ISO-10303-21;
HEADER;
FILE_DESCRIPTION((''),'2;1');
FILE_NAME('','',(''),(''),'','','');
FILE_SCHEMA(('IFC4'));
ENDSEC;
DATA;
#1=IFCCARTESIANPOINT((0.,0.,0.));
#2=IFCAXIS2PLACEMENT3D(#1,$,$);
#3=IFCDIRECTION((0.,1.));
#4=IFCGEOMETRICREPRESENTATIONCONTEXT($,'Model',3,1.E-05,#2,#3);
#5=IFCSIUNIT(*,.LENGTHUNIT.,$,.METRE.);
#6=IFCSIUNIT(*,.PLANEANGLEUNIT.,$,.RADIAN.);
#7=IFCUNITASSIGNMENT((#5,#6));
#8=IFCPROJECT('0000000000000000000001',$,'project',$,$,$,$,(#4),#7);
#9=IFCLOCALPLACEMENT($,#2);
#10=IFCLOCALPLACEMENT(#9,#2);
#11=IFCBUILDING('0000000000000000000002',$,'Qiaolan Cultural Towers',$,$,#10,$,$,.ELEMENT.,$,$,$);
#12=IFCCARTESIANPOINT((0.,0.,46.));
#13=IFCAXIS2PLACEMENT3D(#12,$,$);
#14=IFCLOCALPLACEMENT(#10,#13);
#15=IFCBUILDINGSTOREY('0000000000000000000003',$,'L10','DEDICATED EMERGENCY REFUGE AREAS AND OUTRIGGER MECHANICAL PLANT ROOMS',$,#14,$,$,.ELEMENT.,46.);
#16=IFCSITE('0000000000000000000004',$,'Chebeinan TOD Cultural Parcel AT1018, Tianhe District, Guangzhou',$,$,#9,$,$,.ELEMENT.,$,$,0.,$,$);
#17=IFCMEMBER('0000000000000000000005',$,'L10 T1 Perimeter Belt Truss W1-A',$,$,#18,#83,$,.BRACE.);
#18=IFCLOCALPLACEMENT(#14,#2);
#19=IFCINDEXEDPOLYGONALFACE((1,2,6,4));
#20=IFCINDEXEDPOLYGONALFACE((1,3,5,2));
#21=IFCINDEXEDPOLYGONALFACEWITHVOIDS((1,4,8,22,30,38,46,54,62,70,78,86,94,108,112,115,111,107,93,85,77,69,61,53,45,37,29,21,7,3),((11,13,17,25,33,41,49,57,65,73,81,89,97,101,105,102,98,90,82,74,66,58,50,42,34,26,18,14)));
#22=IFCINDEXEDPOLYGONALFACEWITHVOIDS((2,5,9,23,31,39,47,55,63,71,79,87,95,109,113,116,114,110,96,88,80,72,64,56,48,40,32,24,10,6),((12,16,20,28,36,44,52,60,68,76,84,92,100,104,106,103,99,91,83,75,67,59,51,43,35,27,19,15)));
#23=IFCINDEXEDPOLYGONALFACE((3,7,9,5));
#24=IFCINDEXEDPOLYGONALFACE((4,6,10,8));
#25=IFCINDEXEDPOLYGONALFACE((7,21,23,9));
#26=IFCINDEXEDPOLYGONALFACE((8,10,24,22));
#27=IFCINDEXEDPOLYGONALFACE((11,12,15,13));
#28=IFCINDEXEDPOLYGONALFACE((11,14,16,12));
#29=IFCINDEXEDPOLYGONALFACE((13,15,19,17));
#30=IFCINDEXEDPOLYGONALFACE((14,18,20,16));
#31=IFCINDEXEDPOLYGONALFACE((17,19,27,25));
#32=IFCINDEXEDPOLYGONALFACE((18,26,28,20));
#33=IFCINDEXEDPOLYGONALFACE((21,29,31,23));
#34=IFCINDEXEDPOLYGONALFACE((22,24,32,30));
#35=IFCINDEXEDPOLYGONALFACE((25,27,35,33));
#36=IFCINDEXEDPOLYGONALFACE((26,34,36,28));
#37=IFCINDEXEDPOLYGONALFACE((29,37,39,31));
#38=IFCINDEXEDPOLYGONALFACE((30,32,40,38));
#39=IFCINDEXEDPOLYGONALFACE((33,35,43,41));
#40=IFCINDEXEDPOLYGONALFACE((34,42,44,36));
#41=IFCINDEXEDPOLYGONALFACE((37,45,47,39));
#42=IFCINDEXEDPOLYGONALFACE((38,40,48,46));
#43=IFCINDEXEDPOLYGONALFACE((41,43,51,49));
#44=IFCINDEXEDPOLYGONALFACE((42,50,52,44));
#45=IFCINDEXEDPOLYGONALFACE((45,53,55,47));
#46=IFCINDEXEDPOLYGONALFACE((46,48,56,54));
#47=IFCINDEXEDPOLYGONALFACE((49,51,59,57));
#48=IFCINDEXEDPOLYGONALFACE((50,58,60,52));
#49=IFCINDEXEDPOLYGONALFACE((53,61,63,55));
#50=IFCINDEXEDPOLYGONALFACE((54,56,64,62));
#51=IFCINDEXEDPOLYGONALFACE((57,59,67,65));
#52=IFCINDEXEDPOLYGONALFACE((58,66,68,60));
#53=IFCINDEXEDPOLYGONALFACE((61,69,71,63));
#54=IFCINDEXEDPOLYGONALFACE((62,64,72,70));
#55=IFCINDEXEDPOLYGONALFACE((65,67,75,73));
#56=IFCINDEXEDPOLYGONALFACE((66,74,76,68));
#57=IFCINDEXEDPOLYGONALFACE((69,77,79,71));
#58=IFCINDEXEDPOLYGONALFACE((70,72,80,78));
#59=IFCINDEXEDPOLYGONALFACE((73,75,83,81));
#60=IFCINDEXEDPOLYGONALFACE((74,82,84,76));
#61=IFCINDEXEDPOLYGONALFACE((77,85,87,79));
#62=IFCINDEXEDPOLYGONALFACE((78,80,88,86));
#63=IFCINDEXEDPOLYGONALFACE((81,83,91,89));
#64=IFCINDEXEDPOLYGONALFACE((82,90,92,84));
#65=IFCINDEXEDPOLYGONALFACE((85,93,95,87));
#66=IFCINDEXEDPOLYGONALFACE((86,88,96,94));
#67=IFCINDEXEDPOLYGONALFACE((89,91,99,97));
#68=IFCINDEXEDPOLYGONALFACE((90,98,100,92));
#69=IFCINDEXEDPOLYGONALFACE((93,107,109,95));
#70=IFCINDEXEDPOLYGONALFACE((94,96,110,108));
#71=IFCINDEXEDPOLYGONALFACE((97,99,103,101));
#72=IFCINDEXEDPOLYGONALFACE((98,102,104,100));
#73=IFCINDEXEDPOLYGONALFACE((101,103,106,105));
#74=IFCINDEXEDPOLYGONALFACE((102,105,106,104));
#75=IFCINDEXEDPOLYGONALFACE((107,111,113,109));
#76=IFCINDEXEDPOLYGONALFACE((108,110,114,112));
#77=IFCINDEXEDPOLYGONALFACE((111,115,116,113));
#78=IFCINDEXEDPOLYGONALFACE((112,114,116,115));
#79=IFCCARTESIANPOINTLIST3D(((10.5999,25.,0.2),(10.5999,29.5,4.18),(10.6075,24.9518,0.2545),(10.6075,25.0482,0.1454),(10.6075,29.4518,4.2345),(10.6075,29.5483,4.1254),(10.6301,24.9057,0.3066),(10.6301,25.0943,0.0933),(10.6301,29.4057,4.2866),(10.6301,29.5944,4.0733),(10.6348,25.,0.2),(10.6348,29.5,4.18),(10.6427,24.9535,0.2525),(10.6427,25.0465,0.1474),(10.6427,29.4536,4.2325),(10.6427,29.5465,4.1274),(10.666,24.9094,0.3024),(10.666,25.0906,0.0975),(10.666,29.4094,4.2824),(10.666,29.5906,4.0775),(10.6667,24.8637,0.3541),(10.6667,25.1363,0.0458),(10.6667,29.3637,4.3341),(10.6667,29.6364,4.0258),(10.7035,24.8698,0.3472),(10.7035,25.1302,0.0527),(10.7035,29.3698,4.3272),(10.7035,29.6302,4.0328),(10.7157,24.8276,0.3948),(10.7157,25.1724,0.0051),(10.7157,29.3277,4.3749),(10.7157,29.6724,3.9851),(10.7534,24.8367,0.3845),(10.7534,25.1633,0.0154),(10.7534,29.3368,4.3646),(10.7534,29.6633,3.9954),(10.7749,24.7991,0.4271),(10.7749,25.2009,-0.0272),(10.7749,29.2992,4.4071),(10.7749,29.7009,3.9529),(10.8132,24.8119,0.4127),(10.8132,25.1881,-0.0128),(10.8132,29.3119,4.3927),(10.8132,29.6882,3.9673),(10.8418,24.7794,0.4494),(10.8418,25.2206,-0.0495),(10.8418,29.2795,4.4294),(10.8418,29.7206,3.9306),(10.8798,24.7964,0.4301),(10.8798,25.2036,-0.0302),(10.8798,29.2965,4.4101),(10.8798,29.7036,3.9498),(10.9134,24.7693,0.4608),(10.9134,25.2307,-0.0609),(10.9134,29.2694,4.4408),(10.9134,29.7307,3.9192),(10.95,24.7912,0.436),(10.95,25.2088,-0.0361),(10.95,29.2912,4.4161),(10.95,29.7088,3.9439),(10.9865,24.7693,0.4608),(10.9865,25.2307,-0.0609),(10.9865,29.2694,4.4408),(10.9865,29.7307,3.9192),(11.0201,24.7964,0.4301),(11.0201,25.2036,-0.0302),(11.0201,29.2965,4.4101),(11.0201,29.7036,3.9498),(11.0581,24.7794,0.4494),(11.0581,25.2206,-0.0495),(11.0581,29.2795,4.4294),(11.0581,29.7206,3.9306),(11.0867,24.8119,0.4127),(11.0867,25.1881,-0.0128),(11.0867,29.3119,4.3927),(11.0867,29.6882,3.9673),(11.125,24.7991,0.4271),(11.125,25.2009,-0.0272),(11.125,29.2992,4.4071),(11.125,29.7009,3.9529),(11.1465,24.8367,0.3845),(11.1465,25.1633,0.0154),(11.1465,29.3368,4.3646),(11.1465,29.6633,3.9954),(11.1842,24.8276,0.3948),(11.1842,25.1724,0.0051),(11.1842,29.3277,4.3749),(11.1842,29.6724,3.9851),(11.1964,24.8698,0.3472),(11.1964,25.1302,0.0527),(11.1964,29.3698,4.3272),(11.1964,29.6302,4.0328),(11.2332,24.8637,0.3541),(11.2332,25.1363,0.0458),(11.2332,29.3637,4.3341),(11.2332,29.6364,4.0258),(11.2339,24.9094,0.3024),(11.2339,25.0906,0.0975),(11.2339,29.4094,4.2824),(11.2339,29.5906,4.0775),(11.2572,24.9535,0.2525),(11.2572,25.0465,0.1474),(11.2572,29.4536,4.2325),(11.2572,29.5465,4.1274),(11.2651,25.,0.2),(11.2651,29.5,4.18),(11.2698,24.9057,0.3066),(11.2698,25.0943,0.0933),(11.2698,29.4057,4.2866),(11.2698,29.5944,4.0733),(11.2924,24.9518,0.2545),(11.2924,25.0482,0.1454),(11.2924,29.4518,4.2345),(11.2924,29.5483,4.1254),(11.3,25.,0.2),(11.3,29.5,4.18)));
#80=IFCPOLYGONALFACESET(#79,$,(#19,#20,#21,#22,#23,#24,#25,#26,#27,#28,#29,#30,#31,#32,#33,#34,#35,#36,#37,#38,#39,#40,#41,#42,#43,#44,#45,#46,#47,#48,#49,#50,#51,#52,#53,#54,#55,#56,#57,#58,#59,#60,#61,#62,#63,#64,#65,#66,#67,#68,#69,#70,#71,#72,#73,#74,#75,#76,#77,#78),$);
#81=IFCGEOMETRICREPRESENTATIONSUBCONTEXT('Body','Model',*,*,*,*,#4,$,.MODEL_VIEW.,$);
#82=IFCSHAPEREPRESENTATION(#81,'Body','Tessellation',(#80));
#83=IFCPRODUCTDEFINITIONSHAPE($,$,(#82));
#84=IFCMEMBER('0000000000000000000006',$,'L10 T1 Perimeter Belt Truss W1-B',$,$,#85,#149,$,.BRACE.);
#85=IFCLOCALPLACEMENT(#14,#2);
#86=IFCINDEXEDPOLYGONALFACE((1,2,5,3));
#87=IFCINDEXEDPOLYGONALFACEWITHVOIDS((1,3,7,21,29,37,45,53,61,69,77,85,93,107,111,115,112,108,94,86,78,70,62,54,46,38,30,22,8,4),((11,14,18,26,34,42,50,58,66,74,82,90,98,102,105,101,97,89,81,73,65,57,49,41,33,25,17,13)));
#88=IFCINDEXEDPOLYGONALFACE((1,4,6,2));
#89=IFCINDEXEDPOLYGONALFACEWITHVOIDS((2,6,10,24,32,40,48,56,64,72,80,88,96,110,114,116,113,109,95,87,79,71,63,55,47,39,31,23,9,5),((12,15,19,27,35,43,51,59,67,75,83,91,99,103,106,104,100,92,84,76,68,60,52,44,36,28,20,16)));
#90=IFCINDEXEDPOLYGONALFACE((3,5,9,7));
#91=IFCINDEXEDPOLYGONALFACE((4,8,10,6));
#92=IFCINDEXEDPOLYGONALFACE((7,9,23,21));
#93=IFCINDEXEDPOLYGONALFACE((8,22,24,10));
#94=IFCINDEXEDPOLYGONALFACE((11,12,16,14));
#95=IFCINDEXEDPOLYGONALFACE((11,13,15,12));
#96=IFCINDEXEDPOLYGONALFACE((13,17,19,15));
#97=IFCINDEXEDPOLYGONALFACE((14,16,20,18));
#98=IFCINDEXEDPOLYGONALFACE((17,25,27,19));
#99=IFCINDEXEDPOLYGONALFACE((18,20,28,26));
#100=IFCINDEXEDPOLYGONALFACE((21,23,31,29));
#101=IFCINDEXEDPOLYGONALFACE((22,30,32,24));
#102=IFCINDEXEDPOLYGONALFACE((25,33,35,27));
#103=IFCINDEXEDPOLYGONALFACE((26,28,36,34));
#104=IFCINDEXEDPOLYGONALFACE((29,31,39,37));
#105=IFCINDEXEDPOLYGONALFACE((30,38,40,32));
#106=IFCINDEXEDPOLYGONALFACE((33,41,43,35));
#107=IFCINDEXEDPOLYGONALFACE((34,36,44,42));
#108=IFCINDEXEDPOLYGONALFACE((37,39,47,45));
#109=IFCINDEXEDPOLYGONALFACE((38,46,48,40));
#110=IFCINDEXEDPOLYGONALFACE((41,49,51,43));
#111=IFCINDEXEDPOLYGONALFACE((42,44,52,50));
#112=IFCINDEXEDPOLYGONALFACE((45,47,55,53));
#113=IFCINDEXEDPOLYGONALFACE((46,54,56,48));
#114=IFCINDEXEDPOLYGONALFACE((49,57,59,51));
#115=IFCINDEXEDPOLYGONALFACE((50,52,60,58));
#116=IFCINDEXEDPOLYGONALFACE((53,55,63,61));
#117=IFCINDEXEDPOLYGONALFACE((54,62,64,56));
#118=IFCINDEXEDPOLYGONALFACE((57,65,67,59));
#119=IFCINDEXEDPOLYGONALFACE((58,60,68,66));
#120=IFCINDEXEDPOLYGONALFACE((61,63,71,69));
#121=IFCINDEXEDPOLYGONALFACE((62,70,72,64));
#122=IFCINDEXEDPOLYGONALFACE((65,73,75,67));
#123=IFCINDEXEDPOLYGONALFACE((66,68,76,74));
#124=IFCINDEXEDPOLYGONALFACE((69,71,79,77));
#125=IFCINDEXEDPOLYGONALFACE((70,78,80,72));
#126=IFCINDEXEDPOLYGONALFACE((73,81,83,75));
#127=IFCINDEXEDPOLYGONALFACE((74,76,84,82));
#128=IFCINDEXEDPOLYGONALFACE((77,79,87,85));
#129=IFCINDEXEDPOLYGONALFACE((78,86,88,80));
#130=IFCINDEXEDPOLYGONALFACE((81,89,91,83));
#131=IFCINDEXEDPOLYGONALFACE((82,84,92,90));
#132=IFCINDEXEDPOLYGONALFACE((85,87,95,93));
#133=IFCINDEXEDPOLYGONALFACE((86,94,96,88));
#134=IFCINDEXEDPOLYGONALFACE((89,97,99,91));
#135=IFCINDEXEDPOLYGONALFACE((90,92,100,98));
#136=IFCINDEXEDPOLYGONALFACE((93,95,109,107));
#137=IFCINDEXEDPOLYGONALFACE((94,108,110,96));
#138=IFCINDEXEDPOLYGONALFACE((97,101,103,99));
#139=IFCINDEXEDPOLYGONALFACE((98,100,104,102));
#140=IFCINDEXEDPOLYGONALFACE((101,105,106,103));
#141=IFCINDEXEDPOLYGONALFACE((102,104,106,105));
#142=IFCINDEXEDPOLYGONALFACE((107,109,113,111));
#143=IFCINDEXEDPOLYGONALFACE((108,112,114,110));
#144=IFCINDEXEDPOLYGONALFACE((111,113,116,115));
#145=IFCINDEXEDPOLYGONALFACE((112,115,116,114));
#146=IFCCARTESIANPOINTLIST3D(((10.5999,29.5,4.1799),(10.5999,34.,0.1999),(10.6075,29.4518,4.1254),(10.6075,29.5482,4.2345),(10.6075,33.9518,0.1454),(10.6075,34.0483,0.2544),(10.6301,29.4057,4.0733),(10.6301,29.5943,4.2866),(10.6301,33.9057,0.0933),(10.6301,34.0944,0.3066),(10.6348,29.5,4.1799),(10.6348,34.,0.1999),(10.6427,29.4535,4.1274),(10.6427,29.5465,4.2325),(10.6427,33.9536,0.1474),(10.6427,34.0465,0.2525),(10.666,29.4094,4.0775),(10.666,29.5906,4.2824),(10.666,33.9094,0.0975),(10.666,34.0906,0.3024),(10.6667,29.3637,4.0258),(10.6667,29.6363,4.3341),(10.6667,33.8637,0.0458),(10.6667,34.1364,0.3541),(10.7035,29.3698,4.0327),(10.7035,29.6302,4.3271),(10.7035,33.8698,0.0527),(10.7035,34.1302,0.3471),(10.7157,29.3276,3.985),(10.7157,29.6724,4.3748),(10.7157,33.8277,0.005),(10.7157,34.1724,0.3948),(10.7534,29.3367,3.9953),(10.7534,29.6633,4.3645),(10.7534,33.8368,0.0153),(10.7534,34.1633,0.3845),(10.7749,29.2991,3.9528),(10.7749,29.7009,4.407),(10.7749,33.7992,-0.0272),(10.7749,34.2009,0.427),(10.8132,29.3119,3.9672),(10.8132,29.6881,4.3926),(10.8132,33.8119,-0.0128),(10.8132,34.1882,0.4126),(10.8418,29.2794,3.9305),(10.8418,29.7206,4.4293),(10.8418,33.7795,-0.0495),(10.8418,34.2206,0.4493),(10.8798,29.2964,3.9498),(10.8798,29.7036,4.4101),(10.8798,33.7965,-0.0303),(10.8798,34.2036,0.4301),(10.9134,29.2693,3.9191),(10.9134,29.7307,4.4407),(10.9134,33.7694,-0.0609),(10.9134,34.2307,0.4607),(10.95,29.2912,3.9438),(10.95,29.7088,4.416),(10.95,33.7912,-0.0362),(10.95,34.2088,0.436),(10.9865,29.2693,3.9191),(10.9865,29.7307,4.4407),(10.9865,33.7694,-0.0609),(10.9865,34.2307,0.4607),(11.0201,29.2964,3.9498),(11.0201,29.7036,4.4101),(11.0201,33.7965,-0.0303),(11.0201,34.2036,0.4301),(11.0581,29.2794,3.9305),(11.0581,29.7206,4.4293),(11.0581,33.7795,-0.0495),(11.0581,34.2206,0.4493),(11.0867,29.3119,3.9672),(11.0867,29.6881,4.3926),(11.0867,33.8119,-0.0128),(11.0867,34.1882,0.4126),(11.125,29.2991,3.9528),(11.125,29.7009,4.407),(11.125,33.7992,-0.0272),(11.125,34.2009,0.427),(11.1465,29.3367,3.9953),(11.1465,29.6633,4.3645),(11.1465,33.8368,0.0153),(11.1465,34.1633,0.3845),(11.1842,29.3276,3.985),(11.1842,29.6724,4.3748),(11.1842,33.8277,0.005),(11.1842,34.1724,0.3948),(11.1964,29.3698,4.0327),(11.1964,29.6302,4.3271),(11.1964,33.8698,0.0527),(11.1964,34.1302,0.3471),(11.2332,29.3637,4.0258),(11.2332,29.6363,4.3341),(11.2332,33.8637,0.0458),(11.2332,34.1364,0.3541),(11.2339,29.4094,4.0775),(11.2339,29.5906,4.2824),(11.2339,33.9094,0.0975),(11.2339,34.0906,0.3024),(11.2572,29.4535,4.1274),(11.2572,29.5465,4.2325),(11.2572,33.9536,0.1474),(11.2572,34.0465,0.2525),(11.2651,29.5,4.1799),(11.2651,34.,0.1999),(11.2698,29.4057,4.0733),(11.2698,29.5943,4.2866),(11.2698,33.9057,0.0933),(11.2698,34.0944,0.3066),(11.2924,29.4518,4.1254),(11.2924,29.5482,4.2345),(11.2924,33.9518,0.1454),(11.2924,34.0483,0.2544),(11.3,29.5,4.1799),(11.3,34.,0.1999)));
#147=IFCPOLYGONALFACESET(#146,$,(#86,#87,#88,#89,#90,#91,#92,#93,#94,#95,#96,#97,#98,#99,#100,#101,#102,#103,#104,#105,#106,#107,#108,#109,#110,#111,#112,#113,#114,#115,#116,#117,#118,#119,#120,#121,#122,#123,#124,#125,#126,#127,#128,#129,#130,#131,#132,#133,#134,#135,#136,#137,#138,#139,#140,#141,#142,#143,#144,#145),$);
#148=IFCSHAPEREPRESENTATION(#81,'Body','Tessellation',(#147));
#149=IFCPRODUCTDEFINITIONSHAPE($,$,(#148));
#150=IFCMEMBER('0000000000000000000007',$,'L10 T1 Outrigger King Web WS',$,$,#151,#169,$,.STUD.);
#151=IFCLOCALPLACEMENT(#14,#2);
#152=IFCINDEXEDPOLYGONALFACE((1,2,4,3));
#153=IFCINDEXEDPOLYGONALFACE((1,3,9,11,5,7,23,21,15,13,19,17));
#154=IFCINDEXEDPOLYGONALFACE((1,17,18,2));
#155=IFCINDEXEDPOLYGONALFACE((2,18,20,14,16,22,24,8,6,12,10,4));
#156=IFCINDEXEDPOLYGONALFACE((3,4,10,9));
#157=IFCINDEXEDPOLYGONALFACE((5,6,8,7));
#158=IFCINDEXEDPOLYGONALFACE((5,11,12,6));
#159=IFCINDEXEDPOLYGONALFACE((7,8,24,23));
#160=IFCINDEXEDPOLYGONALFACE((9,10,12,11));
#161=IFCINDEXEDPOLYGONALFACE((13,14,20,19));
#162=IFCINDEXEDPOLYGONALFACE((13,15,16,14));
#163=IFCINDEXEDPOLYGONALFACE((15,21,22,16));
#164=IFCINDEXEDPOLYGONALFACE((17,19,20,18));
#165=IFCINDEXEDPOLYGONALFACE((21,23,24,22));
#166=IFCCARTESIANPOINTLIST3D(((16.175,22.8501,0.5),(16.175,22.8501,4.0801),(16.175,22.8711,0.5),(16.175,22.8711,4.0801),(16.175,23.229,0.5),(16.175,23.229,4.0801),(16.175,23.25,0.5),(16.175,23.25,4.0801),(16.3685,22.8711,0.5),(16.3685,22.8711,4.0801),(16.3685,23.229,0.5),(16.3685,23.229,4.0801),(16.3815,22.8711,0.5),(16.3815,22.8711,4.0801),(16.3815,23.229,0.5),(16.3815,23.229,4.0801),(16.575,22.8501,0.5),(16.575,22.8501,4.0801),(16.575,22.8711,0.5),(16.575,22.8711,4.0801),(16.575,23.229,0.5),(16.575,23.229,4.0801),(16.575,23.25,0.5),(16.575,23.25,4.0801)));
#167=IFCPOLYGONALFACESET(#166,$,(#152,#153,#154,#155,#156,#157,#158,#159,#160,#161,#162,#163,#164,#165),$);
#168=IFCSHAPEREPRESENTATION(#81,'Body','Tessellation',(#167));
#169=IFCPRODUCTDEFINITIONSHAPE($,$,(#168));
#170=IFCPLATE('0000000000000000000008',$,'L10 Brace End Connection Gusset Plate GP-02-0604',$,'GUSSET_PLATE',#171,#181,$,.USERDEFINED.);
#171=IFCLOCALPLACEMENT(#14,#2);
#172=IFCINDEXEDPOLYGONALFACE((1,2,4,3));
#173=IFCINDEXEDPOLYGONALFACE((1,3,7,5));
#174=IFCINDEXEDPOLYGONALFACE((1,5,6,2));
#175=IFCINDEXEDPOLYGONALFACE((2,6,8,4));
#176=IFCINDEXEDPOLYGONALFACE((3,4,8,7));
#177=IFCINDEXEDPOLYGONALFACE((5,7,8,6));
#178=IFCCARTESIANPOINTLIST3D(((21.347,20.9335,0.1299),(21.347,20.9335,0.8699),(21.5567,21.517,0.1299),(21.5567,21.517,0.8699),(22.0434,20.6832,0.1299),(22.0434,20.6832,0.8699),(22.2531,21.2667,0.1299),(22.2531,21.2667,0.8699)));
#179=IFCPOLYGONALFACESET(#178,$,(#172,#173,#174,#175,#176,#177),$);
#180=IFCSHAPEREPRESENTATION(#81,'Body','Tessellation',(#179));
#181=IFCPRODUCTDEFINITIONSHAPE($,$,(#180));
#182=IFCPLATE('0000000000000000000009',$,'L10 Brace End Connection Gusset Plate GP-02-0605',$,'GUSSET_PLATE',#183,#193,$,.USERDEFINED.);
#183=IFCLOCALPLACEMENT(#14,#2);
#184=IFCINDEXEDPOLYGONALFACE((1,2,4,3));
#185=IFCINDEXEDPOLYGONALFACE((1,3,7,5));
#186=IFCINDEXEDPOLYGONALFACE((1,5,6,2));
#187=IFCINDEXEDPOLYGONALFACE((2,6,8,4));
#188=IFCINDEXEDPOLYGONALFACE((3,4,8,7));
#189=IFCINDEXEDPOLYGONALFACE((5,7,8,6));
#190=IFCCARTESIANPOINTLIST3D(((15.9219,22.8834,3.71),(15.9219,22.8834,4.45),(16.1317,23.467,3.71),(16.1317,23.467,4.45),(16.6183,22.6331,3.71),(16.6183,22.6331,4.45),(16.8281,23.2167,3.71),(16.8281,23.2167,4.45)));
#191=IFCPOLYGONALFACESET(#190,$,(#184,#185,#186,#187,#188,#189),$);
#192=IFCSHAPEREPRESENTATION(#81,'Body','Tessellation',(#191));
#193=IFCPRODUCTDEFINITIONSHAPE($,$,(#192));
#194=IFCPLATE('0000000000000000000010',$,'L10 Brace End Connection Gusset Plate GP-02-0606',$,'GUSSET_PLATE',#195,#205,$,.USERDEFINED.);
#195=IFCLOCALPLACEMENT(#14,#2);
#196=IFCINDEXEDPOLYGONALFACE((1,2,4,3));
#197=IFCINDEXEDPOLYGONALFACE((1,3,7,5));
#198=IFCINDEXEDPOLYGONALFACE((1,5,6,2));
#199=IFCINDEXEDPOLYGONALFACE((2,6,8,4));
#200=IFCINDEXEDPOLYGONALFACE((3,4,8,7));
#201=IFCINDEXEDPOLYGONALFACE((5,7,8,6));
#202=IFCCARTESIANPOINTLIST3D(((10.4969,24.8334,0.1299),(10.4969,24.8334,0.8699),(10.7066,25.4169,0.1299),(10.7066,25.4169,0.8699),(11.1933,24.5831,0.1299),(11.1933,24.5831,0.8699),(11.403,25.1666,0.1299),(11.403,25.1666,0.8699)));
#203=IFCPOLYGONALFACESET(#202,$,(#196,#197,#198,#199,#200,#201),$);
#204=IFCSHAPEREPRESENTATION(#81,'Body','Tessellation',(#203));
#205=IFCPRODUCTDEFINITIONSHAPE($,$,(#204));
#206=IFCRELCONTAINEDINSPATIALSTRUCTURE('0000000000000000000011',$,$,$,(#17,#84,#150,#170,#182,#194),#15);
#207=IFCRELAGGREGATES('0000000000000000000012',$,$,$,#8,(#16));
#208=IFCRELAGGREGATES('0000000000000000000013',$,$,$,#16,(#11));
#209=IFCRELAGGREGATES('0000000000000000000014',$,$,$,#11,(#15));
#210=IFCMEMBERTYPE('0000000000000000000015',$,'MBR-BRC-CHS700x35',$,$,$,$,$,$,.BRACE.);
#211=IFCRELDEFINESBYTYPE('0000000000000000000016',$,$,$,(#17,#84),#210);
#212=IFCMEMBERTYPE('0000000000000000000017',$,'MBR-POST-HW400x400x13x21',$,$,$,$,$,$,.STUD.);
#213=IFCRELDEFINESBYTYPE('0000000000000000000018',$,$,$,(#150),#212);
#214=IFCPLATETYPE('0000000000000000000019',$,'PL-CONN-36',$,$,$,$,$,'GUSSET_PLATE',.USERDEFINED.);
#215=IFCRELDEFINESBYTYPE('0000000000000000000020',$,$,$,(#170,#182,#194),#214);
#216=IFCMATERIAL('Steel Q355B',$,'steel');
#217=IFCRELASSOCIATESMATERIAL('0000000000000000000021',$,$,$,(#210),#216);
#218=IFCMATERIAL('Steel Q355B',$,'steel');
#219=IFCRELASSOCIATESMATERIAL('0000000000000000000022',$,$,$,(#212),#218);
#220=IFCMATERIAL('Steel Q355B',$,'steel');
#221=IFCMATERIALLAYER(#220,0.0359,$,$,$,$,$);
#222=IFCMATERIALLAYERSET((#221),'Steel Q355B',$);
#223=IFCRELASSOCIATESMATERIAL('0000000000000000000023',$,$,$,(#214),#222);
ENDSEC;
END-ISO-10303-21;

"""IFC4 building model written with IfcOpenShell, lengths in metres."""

from ifc_helpers import new_model, si_unit, direction, frame, origin, origin_2d, place, context, subcontext, project, spatial, rectangle, hollow_circle, i_section, extrude, material, layer, layer_set, material_profile, profile_set, type_object, element, save


model = new_model("IFC4")

# Units and contexts
model_context = context("Model", 3, precision=1e-05, world=origin(), true_north=direction((0.0, 1.0)))
body_context = subcontext(model_context, "Body", "Model", "MODEL_VIEW")
ifc_project = project(units=[si_unit("LENGTHUNIT", "METRE"), si_unit("PLANEANGLEUNIT", "RADIAN")], contexts=[model_context])

# Site, building, storey
site_placement = place(None, origin())
site = spatial("IfcSite", under=ifc_project, at=site_placement, Name="Chebeinan TOD Cultural Parcel AT1018, Tianhe District, Guangzhou", CompositionType="ELEMENT", RefElevation=0.0)
building_placement = place(site_placement, origin())
building = spatial("IfcBuilding", under=site, at=building_placement, Name="Qiaolan Cultural Towers", CompositionType="ELEMENT")
storey_placement = place(building_placement, frame((0.0, 0.0, 46.0)))
storey = spatial("IfcBuildingStorey", under=building, at=storey_placement, Name="L10", Description="DEDICATED EMERGENCY REFUGE AREAS AND OUTRIGGER MECHANICAL PLANT ROOMS", CompositionType="ELEMENT", Elevation=46.0)

# Members
ifc_material_1 = material(Name="Steel Q355B", Category="steel")
ifc_material_profile_1 = material_profile(ifc_material_1, hollow_circle(Radius=0.3501, WallThickness=0.0349, at=origin_2d()), Name="CHS700x35")
ifc_profile_set_1 = profile_set([ifc_material_profile_1], Name="Steel Q355B")
member_type_1 = type_object("IfcMemberType", Name="MBR-BRC-CHS700x35", PredefinedType="BRACE", material=ifc_profile_set_1)
for number, where, z_axis, x_axis, name in (
    (1, (10.95, 25.0, 0.2), (0.0, 0.749062, 0.6625), (-1.0, 0.0, 0.0), "L10 T1 Perimeter Belt Truss W1-A"),
    (2, (10.95, 29.5, 4.1799), (0.0, 0.749062, -0.6625), (-1.0, 0.0, 0.0), "L10 T1 Perimeter Belt Truss W1-B"),
):
    element("IfcMember", number, at=place(storey_placement, frame(where, z_axis=z_axis, x_axis=x_axis)), inside=storey, type_object=member_type_1, Name=name, PredefinedType="BRACE", context=body_context, shape_type="SweptSolid", body=[
        extrude(hollow_circle(Radius=0.3501, WallThickness=0.0349, at=origin_2d()), origin(), (0.0, 0.0, 1.0), 6.0076),
    ])
ifc_material_2 = material(Name="Steel Q355B", Category="steel")
ifc_material_profile_2 = material_profile(ifc_material_2, i_section(OverallWidth=0.3999, OverallDepth=0.3999, WebThickness=0.0129, FlangeThickness=0.021, at=origin_2d()), Name="HW400x400x13x21")
ifc_profile_set_2 = profile_set([ifc_material_profile_2], Name="Steel Q355B")
member_type_2 = type_object("IfcMemberType", Name="MBR-POST-HW400x400x13x21", PredefinedType="STUD", material=ifc_profile_set_2)
member_placement = place(storey_placement, frame((16.375, 23.05, 0.5), z_axis=(0.0, 0.0, 1.0), x_axis=(1.0, 0.0, 0.0)))
element("IfcMember", 3, at=member_placement, inside=storey, type_object=member_type_2, Name="L10 T1 Outrigger King Web WS", PredefinedType="STUD", context=body_context, shape_type="SweptSolid", body=[
    extrude(i_section(OverallWidth=0.3999, OverallDepth=0.3999, WebThickness=0.0129, FlangeThickness=0.021, at=origin_2d()), origin(), (0.0, 0.0, 1.0), 3.5801),
])

# Plates
ifc_material_3 = material(Name="Steel Q355B", Category="steel")
ifc_layer_1 = layer(ifc_material_3, 0.0359)
ifc_layer_set_1 = layer_set([ifc_layer_1], Name="Steel Q355B")
plate_type_1 = type_object("IfcPlateType", Name="PL-CONN-36", ElementType="GUSSET_PLATE", PredefinedType="USERDEFINED", material=ifc_layer_set_1)
for number, where, z_axis, x_axis, name in (
    (4, (21.8, 21.1001, 0.1299), (0.0, 0.0, 1.0), (-0.941053, 0.338259, 0.0), "L10 Brace End Connection Gusset Plate GP-02-0604"),
    (5, (16.375, 23.05, 3.71), (0.0, 0.0, 1.0), (-0.941053, 0.338259, 0.0), "L10 Brace End Connection Gusset Plate GP-02-0605"),
    (6, (10.95, 25.0, 0.1299), (0.0, 0.0, 1.0), (-0.941053, 0.338259, 0.0), "L10 Brace End Connection Gusset Plate GP-02-0606"),
):
    element("IfcPlate", number, at=place(storey_placement, frame(where, z_axis=z_axis, x_axis=x_axis)), inside=storey, type_object=plate_type_1, Name=name, ObjectType="GUSSET_PLATE", PredefinedType="USERDEFINED", context=body_context, shape_type="SweptSolid", body=[
        extrude(rectangle(XDim=0.74, YDim=0.6201, at=origin_2d()), origin(), (0.0, 0.0, 1.0), 0.74),
    ])

save(model, "model.ifc")
